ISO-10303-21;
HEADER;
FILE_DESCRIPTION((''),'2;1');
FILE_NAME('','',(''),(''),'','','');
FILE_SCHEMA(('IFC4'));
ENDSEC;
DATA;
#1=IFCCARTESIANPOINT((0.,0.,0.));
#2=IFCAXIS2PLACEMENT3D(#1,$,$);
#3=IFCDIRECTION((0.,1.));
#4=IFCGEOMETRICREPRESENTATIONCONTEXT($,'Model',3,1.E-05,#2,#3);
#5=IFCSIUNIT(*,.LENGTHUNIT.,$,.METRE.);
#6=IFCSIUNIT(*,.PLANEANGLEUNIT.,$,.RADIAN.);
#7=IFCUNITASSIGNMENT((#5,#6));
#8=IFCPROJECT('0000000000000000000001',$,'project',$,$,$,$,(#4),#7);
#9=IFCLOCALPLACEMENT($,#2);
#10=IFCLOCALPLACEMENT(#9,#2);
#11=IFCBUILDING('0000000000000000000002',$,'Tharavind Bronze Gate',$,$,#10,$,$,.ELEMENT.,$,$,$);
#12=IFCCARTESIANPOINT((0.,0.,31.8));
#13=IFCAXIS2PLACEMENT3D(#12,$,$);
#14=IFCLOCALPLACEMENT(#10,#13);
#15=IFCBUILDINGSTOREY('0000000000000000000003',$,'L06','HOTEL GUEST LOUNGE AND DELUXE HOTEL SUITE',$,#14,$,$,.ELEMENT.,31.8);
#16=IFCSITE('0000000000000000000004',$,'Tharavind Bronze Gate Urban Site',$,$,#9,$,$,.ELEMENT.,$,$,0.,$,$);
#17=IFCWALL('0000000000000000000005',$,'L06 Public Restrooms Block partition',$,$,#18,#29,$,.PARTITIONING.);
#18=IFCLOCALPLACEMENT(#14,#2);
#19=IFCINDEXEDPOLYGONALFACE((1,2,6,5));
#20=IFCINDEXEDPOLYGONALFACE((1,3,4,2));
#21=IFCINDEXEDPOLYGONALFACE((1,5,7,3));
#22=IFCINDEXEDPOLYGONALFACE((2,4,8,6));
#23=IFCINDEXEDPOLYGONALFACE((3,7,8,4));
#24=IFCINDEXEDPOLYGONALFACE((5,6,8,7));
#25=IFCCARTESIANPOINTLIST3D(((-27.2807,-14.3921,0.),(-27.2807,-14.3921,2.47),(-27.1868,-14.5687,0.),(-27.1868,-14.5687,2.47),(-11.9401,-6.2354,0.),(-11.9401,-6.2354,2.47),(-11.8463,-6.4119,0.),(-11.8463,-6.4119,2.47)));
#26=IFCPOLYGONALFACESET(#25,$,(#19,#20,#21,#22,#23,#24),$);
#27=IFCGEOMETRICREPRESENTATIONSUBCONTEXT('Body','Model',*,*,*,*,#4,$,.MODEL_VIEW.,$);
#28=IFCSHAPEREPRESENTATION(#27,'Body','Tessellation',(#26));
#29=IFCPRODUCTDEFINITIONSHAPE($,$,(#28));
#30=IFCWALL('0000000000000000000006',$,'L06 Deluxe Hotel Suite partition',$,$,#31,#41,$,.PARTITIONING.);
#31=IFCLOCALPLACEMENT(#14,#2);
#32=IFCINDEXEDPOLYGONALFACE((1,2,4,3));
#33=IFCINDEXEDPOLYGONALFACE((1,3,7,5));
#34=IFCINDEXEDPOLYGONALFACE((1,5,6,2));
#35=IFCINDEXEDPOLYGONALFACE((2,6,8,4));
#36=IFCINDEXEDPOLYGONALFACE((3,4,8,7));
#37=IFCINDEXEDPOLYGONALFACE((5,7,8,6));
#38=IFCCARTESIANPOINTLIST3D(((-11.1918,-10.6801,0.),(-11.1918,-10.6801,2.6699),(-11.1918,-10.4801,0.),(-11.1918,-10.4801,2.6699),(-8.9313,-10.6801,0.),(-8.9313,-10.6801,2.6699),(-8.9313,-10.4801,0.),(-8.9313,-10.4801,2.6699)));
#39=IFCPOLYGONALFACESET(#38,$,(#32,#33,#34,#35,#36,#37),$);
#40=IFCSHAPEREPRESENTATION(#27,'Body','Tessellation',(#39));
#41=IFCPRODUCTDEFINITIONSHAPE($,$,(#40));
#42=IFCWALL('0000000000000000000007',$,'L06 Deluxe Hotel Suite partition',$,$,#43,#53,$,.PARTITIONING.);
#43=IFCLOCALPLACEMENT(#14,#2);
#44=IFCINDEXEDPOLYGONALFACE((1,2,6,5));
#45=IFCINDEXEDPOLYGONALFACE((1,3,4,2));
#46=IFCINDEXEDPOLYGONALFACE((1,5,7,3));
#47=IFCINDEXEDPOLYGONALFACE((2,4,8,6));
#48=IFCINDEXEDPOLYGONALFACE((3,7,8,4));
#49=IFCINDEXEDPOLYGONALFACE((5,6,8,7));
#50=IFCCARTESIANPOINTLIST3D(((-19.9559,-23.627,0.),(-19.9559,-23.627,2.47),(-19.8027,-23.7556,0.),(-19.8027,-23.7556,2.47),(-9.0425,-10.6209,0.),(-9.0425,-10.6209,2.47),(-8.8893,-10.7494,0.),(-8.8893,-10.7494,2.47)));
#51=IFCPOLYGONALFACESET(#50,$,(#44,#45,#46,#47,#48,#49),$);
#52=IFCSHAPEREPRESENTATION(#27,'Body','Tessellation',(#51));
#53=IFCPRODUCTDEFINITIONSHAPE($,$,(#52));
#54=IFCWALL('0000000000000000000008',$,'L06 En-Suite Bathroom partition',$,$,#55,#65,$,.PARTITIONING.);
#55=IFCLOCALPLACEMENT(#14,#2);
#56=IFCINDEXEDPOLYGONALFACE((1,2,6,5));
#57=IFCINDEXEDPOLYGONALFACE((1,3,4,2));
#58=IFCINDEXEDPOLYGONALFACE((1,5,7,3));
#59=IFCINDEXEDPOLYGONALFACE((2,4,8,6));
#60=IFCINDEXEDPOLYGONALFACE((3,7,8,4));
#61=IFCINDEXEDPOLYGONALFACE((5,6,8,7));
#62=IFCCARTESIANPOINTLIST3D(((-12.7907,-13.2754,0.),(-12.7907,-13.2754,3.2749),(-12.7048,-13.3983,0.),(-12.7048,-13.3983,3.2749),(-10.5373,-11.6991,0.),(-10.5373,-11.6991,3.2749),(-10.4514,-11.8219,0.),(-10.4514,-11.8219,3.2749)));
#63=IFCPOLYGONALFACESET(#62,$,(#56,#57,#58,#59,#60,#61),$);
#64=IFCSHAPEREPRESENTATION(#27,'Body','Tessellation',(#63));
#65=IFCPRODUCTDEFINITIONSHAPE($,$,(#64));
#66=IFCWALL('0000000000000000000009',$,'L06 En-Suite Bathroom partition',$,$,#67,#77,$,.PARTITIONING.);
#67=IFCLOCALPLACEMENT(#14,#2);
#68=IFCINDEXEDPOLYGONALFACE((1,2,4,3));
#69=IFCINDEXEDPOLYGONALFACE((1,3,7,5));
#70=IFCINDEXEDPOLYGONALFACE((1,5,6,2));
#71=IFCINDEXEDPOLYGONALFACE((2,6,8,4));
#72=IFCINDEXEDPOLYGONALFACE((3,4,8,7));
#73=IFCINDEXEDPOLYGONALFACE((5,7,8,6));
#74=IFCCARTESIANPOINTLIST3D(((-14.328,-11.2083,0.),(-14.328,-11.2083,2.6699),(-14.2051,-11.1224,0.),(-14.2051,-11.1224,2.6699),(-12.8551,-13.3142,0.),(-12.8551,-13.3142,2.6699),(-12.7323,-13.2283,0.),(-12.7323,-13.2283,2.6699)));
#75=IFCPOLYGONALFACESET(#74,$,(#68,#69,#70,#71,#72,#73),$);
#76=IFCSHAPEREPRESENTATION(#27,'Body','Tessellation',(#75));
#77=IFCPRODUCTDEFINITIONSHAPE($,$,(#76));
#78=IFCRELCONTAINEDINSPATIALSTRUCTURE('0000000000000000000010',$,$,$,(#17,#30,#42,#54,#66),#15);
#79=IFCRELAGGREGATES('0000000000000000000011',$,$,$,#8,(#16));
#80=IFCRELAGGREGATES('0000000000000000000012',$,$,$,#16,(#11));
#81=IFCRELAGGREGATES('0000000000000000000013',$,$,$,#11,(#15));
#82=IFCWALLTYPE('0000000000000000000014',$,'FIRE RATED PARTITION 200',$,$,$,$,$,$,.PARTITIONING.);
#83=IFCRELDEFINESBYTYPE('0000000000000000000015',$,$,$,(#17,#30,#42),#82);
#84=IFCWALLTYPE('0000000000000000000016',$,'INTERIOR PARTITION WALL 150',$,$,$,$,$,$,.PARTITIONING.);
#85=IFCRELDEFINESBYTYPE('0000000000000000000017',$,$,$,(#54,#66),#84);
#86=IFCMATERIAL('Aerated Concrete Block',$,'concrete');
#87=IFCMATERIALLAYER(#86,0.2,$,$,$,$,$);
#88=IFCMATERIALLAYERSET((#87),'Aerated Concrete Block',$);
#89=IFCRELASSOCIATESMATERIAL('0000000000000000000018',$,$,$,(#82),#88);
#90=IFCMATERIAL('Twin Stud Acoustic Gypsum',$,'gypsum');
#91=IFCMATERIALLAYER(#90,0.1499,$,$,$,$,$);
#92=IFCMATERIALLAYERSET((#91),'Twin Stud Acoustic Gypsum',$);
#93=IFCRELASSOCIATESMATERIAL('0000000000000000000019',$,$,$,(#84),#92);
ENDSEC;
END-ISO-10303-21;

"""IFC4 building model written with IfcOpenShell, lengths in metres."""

from ifc_helpers import new_model, si_unit, direction, frame, frame_2d, origin, place, context, subcontext, project, spatial, rectangle, extrude, material, layer, layer_set, type_object, element, save


model = new_model("IFC4")

# Units and contexts
model_context = context("Model", 3, precision=1e-05, world=origin(), true_north=direction((0.0, 1.0)))
body_context = subcontext(model_context, "Body", "Model", "MODEL_VIEW")
ifc_project = project(units=[si_unit("LENGTHUNIT", "METRE"), si_unit("PLANEANGLEUNIT", "RADIAN")], contexts=[model_context])

# Site, building, storey
site_placement = place(None, origin())
site = spatial("IfcSite", under=ifc_project, at=site_placement, Name="Tharavind Bronze Gate Urban Site", CompositionType="ELEMENT", RefElevation=0.0)
building_placement = place(site_placement, origin())
building = spatial("IfcBuilding", under=site, at=building_placement, Name="Tharavind Bronze Gate", CompositionType="ELEMENT")
storey_placement = place(building_placement, frame((0.0, 0.0, 31.8)))
storey = spatial("IfcBuildingStorey", under=building, at=storey_placement, Name="L06", Description="HOTEL GUEST LOUNGE AND DELUXE HOTEL SUITE", CompositionType="ELEMENT", Elevation=31.8)

# Shared definitions
ifc_material_1 = material(Name="Aerated Concrete Block", Category="concrete")
ifc_layer_1 = layer(ifc_material_1, 0.2)
ifc_layer_set_1 = layer_set([ifc_layer_1], Name="Aerated Concrete Block")
wall_type_1 = type_object("IfcWallType", Name="FIRE RATED PARTITION 200", PredefinedType="PARTITIONING", material=ifc_layer_set_1)

# Wall
wall_1_placement = place(storey_placement, frame((-11.8933, -6.3237, 0.0), z_axis=(0.0, 0.0, 1.0), x_axis=(-0.882947, -0.469472, 0.0)))
element("IfcWall", 1, at=wall_1_placement, inside=storey, type_object=wall_type_1, Name="L06 Public Restrooms Block partition", PredefinedType="PARTITIONING", context=body_context, shape_type="SweptSolid", body=[
    extrude(rectangle(XDim=17.3743, YDim=0.2, at=frame_2d((8.687, 0.0))), origin(), (0.0, 0.0, 1.0), 2.47),
])

# Walls
wall_2_placement = place(storey_placement, frame((-11.1919, -10.5801, 0.0), z_axis=(0.0, 0.0, 1.0), x_axis=(1.0, 0.0, 0.0)))
element("IfcWall", 2, at=wall_2_placement, inside=storey, type_object=wall_type_1, Name="L06 Deluxe Hotel Suite partition", PredefinedType="PARTITIONING", context=body_context, shape_type="SweptSolid", body=[
    extrude(rectangle(XDim=2.2605, YDim=0.2, at=frame_2d((1.1304, 0.0))), origin(), (0.0, 0.0, 1.0), 2.6699),
])
wall_3_placement = place(storey_placement, frame((-8.9658, -10.6851, 0.0), z_axis=(0.0, 0.0, 1.0), x_axis=(-0.642785, -0.766047, 0.0)))
element("IfcWall", 3, at=wall_3_placement, inside=storey, type_object=wall_type_1, Name="L06 Deluxe Hotel Suite partition", PredefinedType="PARTITIONING", context=body_context, shape_type="SweptSolid", body=[
    extrude(rectangle(XDim=16.9783, YDim=0.2, at=frame_2d((8.4893, 0.0))), origin(), (0.0, 0.0, 1.0), 2.47),
])
ifc_material_2 = material(Name="Twin Stud Acoustic Gypsum", Category="gypsum")
ifc_layer_2 = layer(ifc_material_2, 0.1499)
ifc_layer_set_2 = layer_set([ifc_layer_2], Name="Twin Stud Acoustic Gypsum")
wall_type_2 = type_object("IfcWallType", Name="INTERIOR PARTITION WALL 150", PredefinedType="PARTITIONING", material=ifc_layer_set_2)
wall_4_placement = place(storey_placement, frame((-10.4944, -11.7605, 0.0), z_axis=(0.0, 0.0, 1.0), x_axis=(-0.819399, -0.573224, 0.0)))
element("IfcWall", 4, at=wall_4_placement, inside=storey, type_object=wall_type_2, Name="L06 En-Suite Bathroom partition", PredefinedType="PARTITIONING", context=body_context, shape_type="SweptSolid", body=[
    extrude(rectangle(XDim=2.75, YDim=0.1499, at=frame_2d((1.375, 0.0))), origin(), (0.0, 0.0, 1.0), 3.2749),
])
wall_5_placement = place(storey_placement, frame((-12.7937, -13.2712, 0.0), z_axis=(0.0, 0.0, 1.0), x_axis=(-0.573131, 0.819464, 0.0)))
element("IfcWall", 5, at=wall_5_placement, inside=storey, type_object=wall_type_2, Name="L06 En-Suite Bathroom partition", PredefinedType="PARTITIONING", context=body_context, shape_type="SweptSolid", body=[
    extrude(rectangle(XDim=2.5698, YDim=0.1499, at=frame_2d((1.2849, 0.0))), origin(), (0.0, 0.0, 1.0), 2.6699),
])

save(model, "model.ifc")
